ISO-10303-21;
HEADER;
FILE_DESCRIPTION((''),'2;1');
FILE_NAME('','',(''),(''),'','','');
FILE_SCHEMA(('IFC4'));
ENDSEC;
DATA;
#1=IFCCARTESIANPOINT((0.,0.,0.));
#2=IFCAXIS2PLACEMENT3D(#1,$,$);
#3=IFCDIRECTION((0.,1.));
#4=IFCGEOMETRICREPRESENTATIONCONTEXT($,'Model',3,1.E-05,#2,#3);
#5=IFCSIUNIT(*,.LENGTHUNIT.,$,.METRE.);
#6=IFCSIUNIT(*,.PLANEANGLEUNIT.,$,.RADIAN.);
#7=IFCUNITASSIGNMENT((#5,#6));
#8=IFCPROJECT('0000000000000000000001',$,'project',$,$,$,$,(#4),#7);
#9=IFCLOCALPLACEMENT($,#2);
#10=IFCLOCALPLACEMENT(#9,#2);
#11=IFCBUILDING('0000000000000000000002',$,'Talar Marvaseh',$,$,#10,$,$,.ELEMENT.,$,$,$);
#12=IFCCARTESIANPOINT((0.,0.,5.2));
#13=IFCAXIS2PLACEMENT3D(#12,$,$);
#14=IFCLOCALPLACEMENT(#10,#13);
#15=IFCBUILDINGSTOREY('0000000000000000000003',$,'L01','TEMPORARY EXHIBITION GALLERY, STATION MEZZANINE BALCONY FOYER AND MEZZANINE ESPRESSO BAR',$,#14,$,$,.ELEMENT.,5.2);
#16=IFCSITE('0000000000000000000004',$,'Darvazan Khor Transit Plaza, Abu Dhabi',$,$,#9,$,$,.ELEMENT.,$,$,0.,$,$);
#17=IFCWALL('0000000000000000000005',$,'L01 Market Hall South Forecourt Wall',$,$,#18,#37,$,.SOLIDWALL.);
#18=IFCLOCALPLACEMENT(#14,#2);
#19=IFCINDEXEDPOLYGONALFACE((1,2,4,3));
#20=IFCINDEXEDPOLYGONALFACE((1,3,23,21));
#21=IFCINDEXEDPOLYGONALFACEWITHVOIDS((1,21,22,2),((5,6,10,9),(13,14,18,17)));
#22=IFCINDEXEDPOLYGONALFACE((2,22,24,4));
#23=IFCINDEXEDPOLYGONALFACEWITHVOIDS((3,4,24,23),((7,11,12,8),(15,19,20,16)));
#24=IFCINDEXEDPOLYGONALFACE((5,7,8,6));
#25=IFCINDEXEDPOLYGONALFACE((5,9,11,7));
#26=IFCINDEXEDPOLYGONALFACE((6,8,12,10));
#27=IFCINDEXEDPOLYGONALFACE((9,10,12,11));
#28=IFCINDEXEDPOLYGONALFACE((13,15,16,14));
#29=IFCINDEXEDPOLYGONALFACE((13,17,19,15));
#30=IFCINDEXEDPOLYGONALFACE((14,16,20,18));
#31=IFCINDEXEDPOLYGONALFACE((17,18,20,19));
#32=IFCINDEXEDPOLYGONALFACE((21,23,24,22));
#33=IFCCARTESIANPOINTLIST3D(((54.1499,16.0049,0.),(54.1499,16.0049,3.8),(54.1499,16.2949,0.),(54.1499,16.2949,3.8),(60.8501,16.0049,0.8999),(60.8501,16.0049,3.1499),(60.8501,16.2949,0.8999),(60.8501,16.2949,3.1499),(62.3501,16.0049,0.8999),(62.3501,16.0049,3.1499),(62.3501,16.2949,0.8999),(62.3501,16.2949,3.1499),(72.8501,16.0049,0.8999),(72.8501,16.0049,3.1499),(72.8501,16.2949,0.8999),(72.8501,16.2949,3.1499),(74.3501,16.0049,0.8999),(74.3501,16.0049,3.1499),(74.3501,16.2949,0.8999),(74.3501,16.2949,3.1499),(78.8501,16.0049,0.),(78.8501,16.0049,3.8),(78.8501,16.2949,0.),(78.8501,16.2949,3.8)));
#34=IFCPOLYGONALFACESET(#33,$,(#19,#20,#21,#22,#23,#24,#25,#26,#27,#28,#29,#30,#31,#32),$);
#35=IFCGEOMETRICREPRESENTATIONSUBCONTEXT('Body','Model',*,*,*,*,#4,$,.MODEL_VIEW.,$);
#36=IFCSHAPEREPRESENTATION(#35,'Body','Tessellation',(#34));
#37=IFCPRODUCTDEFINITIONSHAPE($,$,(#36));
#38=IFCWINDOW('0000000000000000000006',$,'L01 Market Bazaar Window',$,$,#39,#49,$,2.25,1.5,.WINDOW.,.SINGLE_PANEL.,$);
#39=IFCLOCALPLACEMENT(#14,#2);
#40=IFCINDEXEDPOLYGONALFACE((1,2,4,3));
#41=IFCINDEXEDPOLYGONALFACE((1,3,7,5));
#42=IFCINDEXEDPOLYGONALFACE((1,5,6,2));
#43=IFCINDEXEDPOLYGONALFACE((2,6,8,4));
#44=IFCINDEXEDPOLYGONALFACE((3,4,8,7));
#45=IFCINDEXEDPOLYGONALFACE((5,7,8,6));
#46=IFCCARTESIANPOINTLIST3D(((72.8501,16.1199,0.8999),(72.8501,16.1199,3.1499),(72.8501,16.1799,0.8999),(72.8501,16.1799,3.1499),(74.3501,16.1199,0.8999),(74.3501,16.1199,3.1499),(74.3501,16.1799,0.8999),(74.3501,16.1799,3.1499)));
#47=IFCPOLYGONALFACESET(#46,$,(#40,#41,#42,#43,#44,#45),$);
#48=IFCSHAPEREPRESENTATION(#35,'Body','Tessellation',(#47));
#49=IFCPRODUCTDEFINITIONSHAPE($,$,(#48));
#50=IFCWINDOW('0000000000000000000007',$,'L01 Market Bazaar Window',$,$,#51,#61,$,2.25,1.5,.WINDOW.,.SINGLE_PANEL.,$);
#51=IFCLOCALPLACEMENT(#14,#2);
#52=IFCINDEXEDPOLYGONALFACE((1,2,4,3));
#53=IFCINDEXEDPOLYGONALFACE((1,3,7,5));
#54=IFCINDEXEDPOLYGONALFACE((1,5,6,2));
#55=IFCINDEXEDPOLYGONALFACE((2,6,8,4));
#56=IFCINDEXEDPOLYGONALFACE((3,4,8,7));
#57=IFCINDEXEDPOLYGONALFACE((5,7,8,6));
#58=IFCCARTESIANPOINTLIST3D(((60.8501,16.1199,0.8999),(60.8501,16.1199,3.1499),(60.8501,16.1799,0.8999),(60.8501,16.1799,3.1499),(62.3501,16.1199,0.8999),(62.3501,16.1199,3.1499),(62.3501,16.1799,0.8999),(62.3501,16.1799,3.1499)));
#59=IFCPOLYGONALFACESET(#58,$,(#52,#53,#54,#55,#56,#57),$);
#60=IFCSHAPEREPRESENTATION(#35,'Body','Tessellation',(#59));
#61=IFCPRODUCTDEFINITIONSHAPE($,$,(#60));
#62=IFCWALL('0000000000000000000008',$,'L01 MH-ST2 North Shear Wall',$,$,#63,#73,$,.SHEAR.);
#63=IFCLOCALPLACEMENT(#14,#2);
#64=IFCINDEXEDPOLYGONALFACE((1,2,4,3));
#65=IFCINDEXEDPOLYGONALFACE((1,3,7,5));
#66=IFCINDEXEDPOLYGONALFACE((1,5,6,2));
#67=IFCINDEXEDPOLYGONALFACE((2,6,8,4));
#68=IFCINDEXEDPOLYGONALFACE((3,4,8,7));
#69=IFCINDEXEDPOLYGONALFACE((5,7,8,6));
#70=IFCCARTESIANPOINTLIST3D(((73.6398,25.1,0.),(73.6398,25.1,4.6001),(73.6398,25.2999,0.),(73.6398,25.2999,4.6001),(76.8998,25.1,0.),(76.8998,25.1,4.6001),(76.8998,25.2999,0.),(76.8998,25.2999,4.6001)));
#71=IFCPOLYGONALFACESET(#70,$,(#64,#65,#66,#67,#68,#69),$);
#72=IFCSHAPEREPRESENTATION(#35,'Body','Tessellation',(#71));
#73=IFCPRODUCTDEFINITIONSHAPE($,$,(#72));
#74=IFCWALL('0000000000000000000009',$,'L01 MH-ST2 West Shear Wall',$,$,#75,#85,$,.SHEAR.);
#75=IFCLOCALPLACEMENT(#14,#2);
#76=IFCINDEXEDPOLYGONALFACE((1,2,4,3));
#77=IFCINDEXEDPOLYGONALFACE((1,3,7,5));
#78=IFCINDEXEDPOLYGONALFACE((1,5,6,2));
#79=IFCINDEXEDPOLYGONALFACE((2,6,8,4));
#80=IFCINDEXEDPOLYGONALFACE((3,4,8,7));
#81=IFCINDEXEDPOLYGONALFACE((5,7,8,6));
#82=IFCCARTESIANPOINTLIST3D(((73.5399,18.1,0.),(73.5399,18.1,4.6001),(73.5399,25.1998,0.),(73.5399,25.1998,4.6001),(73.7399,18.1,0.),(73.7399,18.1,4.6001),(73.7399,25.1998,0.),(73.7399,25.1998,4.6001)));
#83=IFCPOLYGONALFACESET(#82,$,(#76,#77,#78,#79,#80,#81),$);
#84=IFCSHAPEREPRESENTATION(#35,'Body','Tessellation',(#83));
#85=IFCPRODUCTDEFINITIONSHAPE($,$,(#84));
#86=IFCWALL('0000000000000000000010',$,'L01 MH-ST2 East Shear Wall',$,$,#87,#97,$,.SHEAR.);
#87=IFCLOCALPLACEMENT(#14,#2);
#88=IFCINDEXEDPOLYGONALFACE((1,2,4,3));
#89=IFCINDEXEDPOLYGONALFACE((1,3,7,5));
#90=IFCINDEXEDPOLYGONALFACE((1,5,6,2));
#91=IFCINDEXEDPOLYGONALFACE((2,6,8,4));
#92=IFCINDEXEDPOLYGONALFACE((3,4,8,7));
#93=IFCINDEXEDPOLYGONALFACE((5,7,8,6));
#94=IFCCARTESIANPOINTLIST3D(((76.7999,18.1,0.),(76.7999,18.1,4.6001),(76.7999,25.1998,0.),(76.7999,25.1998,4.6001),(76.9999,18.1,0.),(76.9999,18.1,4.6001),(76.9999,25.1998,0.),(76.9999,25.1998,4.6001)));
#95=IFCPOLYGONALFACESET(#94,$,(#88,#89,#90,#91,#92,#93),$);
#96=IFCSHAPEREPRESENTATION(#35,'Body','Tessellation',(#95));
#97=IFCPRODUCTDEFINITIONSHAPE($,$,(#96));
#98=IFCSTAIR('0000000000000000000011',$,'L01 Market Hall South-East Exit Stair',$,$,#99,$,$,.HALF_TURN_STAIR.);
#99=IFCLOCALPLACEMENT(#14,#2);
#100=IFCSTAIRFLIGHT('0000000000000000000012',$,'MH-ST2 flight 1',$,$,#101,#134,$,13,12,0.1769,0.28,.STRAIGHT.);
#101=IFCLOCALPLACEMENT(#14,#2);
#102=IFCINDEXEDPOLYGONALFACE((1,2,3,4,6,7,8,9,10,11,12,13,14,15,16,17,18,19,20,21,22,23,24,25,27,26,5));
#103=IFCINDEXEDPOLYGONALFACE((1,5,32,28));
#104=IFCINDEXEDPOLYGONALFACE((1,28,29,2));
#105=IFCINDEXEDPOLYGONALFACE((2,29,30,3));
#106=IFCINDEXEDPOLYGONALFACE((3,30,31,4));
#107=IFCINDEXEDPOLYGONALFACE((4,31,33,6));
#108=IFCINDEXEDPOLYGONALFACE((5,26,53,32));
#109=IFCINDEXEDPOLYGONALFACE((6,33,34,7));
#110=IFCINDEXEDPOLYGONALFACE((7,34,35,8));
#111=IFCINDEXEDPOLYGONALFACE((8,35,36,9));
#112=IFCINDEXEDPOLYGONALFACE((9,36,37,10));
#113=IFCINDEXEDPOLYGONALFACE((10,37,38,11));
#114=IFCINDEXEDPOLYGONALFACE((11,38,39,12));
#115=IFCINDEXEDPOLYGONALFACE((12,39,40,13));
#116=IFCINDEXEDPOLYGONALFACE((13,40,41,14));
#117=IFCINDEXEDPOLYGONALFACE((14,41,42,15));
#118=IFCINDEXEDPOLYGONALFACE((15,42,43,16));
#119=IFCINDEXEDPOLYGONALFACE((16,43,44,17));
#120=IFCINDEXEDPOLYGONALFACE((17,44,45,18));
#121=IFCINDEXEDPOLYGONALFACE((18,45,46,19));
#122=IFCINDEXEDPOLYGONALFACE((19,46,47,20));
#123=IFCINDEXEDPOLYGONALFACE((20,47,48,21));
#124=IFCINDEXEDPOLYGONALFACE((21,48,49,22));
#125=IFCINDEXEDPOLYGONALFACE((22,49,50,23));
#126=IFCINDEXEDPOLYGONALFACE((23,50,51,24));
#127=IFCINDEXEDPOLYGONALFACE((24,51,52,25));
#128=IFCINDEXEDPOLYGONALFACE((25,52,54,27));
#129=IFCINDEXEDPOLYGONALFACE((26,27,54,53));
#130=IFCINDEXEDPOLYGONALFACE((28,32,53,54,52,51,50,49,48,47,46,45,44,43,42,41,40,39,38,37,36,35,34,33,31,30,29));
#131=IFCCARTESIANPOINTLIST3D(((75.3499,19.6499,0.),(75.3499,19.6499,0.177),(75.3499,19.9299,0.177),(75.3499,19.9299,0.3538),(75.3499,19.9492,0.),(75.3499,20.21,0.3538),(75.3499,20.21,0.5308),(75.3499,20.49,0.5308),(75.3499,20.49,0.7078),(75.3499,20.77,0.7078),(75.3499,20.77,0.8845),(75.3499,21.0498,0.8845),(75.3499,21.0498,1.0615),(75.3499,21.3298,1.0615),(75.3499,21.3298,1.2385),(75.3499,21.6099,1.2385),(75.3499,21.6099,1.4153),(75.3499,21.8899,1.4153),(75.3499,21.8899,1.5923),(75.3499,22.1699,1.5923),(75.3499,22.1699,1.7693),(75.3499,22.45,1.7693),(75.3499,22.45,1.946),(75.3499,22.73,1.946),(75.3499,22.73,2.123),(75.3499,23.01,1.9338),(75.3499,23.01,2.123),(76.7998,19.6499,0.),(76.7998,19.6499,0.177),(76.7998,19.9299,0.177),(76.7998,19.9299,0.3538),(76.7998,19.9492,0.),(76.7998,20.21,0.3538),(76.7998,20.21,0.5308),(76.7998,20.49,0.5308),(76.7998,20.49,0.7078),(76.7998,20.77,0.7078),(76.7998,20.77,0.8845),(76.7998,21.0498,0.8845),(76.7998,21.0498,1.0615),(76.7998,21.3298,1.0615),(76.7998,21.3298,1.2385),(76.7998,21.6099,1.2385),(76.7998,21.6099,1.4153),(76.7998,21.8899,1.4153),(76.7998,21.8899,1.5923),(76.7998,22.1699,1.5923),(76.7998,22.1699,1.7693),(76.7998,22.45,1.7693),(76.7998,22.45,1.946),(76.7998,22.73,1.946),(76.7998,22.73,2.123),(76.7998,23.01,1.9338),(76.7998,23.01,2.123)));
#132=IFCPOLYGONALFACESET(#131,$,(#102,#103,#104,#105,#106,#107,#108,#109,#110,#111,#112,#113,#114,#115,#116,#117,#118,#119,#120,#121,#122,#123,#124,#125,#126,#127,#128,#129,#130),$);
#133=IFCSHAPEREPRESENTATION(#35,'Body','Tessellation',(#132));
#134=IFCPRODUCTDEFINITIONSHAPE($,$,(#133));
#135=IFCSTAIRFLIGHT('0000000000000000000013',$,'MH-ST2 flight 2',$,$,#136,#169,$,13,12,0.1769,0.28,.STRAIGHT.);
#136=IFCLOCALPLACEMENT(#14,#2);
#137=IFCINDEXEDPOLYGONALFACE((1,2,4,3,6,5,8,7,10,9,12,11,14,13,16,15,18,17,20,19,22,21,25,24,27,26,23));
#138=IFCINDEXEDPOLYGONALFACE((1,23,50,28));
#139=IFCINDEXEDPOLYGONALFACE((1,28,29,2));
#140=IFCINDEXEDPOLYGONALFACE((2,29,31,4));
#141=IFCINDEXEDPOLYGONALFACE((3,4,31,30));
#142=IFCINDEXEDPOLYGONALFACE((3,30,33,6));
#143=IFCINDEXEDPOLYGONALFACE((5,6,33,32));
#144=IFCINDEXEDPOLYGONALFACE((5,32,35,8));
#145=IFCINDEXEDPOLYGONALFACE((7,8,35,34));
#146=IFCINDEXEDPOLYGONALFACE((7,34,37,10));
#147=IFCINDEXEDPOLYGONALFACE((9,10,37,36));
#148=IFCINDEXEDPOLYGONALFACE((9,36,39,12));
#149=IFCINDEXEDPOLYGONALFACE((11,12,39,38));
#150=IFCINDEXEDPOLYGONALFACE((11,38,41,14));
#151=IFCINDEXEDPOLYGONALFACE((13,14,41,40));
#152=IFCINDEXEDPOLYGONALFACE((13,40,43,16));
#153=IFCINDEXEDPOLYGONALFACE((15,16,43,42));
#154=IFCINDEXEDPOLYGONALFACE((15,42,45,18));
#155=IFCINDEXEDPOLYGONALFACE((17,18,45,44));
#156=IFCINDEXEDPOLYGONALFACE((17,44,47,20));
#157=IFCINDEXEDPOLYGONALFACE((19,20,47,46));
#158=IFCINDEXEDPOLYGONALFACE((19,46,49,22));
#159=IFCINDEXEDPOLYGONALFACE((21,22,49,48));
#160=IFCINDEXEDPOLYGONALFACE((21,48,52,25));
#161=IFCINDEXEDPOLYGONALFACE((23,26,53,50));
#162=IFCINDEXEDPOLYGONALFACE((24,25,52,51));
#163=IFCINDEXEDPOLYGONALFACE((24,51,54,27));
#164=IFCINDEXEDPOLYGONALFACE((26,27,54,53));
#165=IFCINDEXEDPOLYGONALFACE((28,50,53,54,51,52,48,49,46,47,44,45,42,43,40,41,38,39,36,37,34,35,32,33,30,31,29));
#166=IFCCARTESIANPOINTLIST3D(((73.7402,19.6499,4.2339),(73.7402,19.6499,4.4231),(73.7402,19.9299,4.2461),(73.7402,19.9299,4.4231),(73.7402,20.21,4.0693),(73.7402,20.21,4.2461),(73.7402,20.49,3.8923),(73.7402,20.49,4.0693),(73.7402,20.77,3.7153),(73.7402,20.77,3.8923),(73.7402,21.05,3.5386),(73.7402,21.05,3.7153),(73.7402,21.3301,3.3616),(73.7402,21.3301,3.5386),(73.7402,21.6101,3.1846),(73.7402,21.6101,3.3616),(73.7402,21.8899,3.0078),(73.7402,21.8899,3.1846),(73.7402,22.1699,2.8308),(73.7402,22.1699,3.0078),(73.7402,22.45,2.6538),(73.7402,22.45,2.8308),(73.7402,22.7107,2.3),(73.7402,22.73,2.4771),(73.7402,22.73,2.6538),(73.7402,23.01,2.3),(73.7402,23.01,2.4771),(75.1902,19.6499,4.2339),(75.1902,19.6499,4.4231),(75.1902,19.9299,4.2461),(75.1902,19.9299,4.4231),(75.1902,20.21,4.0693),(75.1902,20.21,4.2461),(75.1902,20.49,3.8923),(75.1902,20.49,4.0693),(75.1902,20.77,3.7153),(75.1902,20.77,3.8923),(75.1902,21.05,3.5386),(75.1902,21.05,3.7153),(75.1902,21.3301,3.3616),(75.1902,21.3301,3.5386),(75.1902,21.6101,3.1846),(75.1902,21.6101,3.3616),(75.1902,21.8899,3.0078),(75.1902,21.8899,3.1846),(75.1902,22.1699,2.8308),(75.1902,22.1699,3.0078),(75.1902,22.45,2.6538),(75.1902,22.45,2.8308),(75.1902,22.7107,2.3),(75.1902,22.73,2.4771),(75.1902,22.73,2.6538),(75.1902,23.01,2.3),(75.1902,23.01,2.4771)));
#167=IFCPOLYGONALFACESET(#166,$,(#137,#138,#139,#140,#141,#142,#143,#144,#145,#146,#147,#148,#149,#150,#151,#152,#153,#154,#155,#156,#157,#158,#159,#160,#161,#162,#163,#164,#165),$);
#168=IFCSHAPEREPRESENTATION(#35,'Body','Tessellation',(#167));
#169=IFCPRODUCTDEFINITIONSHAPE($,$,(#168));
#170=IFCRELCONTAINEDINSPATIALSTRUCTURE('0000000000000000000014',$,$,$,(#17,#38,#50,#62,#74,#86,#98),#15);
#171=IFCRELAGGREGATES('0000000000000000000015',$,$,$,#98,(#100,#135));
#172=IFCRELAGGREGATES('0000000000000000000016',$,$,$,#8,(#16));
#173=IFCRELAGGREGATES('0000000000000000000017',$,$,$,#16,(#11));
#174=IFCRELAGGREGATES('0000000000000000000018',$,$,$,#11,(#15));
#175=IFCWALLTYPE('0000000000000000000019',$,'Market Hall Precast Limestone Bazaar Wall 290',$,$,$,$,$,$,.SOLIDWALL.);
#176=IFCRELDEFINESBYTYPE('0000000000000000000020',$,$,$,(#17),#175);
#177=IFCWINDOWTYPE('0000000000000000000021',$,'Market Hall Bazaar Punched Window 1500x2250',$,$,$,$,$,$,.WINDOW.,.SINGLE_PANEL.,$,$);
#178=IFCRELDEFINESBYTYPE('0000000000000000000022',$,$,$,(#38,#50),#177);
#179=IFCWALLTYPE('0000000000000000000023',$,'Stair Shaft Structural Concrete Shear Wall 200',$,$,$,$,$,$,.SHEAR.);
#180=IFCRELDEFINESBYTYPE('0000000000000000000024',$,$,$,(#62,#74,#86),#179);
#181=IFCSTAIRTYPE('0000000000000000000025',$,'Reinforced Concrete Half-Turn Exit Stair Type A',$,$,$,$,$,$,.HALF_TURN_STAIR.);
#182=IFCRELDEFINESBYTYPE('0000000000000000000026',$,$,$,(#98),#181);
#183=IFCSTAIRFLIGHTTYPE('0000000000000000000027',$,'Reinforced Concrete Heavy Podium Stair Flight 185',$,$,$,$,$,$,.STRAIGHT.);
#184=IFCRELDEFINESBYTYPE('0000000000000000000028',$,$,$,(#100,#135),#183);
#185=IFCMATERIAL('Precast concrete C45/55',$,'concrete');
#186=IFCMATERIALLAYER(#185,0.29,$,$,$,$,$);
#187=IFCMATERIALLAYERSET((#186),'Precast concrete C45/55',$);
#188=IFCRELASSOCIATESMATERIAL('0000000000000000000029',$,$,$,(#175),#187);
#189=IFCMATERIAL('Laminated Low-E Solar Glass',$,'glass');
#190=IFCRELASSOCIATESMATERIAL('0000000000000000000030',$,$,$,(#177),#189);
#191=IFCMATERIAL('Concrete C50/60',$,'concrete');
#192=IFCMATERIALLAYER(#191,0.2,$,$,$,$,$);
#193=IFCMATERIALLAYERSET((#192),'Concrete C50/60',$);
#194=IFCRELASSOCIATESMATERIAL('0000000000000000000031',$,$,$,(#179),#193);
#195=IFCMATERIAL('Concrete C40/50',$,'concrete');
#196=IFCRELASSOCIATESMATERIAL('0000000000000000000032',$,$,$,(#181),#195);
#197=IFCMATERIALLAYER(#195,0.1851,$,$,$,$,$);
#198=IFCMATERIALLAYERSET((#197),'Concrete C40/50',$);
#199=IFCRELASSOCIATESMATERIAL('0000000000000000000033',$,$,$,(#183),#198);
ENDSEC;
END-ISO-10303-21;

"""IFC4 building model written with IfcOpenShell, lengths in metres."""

from ifc_helpers import new_model, si_unit, direction, frame, frame_2d, origin, place, context, subcontext, project, spatial, polyline, rectangle, outline, extrude, source, transform, mapped, material, layer, layer_set, type_object, type_shapes, element, fill, aggregate, save


model = new_model("IFC4")

# Units and contexts
model_context = context("Model", 3, precision=1e-05, world=origin(), true_north=direction((0.0, 1.0)))
body_context = subcontext(model_context, "Body", "Model", "MODEL_VIEW")
ifc_project = project(units=[si_unit("LENGTHUNIT", "METRE"), si_unit("PLANEANGLEUNIT", "RADIAN")], contexts=[model_context])

# Site, building, storey
site_placement = place(None, origin())
site = spatial("IfcSite", under=ifc_project, at=site_placement, Name="Darvazan Khor Transit Plaza, Abu Dhabi", CompositionType="ELEMENT", RefElevation=0.0)
building_placement = place(site_placement, origin())
building = spatial("IfcBuilding", under=site, at=building_placement, Name="Talar Marvaseh", CompositionType="ELEMENT")
storey_placement = place(building_placement, frame((0.0, 0.0, 5.2)))
storey = spatial("IfcBuildingStorey", under=building, at=storey_placement, Name="L01", Description="TEMPORARY EXHIBITION GALLERY, STATION MEZZANINE BALCONY FOYER AND MEZZANINE ESPRESSO BAR", CompositionType="ELEMENT", Elevation=5.2)

# Shared definitions
ifc_material_1 = material(Name="Concrete C40/50", Category="concrete")

# Wall, openings, windows
ifc_material_2 = material(Name="Precast concrete C45/55", Category="concrete")
ifc_layer_1 = layer(ifc_material_2, 0.29)
ifc_layer_set_1 = layer_set([ifc_layer_1], Name="Precast concrete C45/55")
wall_type_1 = type_object("IfcWallType", Name="Market Hall Precast Limestone Bazaar Wall 290", PredefinedType="SOLIDWALL", material=ifc_layer_set_1)
wall_1_placement = place(storey_placement, frame((78.8501, 16.1499, 0.0), z_axis=(0.0, 0.0, 1.0), x_axis=(-1.0, 0.0, 0.0)))
wall_1 = element("IfcWall", 1, at=wall_1_placement, inside=storey, type_object=wall_type_1, Name="L01 Market Hall South Forecourt Wall", PredefinedType="SOLIDWALL", context=body_context, shape_type="SweptSolid", body=[
    extrude(rectangle(XDim=24.7002, YDim=0.29, at=frame_2d((12.3501, 0.0))), origin(), (0.0, 0.0, 1.0), 3.8),
])
opening_1_placement = place(wall_1_placement, frame((4.5, 0.0, 0.8999)))
opening_1 = element("IfcOpeningElement", 2, at=opening_1_placement, cuts=wall_1, PredefinedType="OPENING", context=body_context, shape_type="SweptSolid", body=[
    extrude(rectangle(XDim=1.5, YDim=2.25, at=frame_2d((0.75, 1.125))), frame((0.0, 0.155, 0.0), z_axis=(0.0, -1.0, 0.0), x_axis=(1.0, 0.0, 0.0)), (0.0, 0.0, 1.0), 0.3101),
])
opening_2_placement = place(wall_1_placement, frame((16.5, 0.0, 0.8999)))
opening_2 = element("IfcOpeningElement", 3, at=opening_2_placement, cuts=wall_1, PredefinedType="OPENING", context=body_context, shape_type="SweptSolid", body=[
    extrude(rectangle(XDim=1.5, YDim=2.25, at=frame_2d((0.75, 1.125))), frame((0.0, 0.155, 0.0), z_axis=(0.0, -1.0, 0.0), x_axis=(1.0, 0.0, 0.0)), (0.0, 0.0, 1.0), 0.3101),
])
ifc_material_3 = material(Name="Laminated Low-E Solar Glass", Category="glass")
window_type = type_object("IfcWindowType", Name="Market Hall Bazaar Punched Window 1500x2250", PartitioningType="SINGLE_PANEL", PredefinedType="WINDOW", material=ifc_material_3)
shared_shape_1 = source(origin(), body_context, "Body", "SweptSolid", [
    extrude(rectangle(XDim=1.5, YDim=2.25, at=frame_2d((0.75, 1.125))), frame((0.0, 0.03, 0.0), z_axis=(0.0, -1.0, 0.0), x_axis=(1.0, 0.0, 0.0)), (0.0, 0.0, 1.0), 0.0601),
])
type_shapes(window_type, [shared_shape_1])
window_1_placement = place(opening_1_placement, origin())
window_1 = element("IfcWindow", 4, at=window_1_placement, inside=storey, type_object=window_type, Name="L01 Market Bazaar Window", OverallHeight=2.25, OverallWidth=1.5, PartitioningType="SINGLE_PANEL", PredefinedType="WINDOW", context=body_context, shape_type="MappedRepresentation", body=[
    mapped(shared_shape_1, transform((0.0, 0.0, 0.0), x_axis=(1.0, 0.0, 0.0), y_axis=(0.0, 1.0, 0.0), z_axis=(0.0, 0.0, 1.0), scale=1.0)),
])
fill(opening_1, window_1)
window_2_placement = place(opening_2_placement, origin())
window_2 = element("IfcWindow", 5, at=window_2_placement, inside=storey, type_object=window_type, Name="L01 Market Bazaar Window", OverallHeight=2.25, OverallWidth=1.5, PartitioningType="SINGLE_PANEL", PredefinedType="WINDOW", context=body_context, shape_type="MappedRepresentation", body=[
    mapped(shared_shape_1, transform((0.0, 0.0, 0.0), x_axis=(1.0, 0.0, 0.0), y_axis=(0.0, 1.0, 0.0), z_axis=(0.0, 0.0, 1.0), scale=1.0)),
])
fill(opening_2, window_2)

# Shared definitions
ifc_material_4 = material(Name="Concrete C50/60", Category="concrete")
ifc_layer_2 = layer(ifc_material_4, 0.2)
ifc_layer_set_2 = layer_set([ifc_layer_2], Name="Concrete C50/60")
wall_type_2 = type_object("IfcWallType", Name="Stair Shaft Structural Concrete Shear Wall 200", PredefinedType="SHEAR", material=ifc_layer_set_2)

# Walls
wall_2_placement = place(storey_placement, frame((73.6399, 25.2, 0.0), z_axis=(0.0, 0.0, 1.0), x_axis=(1.0, 0.0, 0.0)))
element("IfcWall", 6, at=wall_2_placement, inside=storey, type_object=wall_type_2, Name="L01 MH-ST2 North Shear Wall", PredefinedType="SHEAR", context=body_context, shape_type="SweptSolid", body=[
    extrude(rectangle(XDim=3.26, YDim=0.2, at=frame_2d((1.6299, 0.0))), origin(), (0.0, 0.0, 1.0), 4.6001),
])
for number, where, z_axis, x_axis, name in (
    (7, (73.6399, 18.1001, 0.0), (0.0, 0.0, 1.0), (0.0, 1.0, 0.0), "L01 MH-ST2 West Shear Wall"),
    (8, (76.8999, 18.1001, 0.0), (0.0, 0.0, 1.0), (0.0, 1.0, 0.0), "L01 MH-ST2 East Shear Wall"),
):
    element("IfcWall", number, at=place(storey_placement, frame(where, z_axis=z_axis, x_axis=x_axis)), inside=storey, type_object=wall_type_2, Name=name, PredefinedType="SHEAR", context=body_context, shape_type="SweptSolid", body=[
        extrude(rectangle(XDim=7.0999, YDim=0.2, at=frame_2d((3.5498, 0.0))), origin(), (0.0, 0.0, 1.0), 4.6001),
    ])

# Stair, stair flights
stair_type = type_object("IfcStairType", Name="Reinforced Concrete Half-Turn Exit Stair Type A", PredefinedType="HALF_TURN_STAIR", material=ifc_material_1)
stair_placement = place(storey_placement, origin())
stair = element("IfcStair", 9, at=stair_placement, inside=storey, type_object=stair_type, Name="L01 Market Hall South-East Exit Stair", PredefinedType="HALF_TURN_STAIR")
ifc_layer_3 = layer(ifc_material_1, 0.1851)
ifc_layer_set_3 = layer_set([ifc_layer_3], Name="Concrete C40/50")
stair_flight_type = type_object("IfcStairFlightType", Name="Reinforced Concrete Heavy Podium Stair Flight 185", PredefinedType="STRAIGHT", material=ifc_layer_set_3)
stair_flight_1_placement = place(storey_placement, frame((76.075, 19.6499, 0.0), z_axis=(0.0, 0.0, 1.0), x_axis=(0.0, 1.0, 0.0)))
stair_flight_1 = element("IfcStairFlight", 10, at=stair_flight_1_placement, type_object=stair_flight_type, Name="MH-ST2 flight 1", NumberOfRisers=13, NumberOfTreads=12, PredefinedType="STRAIGHT", RiserHeight=0.1769, TreadLength=0.28, context=body_context, shape_type="SweptSolid", body=[
    extrude(outline(polyline([(0.0, 0.0), (0.0, 0.177), (0.28, 0.177), (0.28, 0.3538), (0.5601, 0.3538), (0.5601, 0.5308), (0.8401, 0.5308), (0.8401, 0.7078), (1.1201, 0.7078), (1.1201, 0.8845), (1.3999, 0.8845), (1.3999, 1.0615), (1.6799, 1.0615), (1.6799, 1.2385), (1.96, 1.2385), (1.96, 1.4153), (2.24, 1.4153), (2.24, 1.5923), (2.52, 1.5923), (2.52, 1.7693), (2.8, 1.7693), (2.8, 1.946), (3.0801, 1.946), (3.0801, 2.123), (3.3601, 2.123), (3.3601, 2.3), (3.3601, 1.9338), (0.2993, 0.0), (0.0, 0.0)])), frame((0.0, 0.7251, 0.0), z_axis=(0.0, -1.0, 0.0), x_axis=(1.0, 0.0, 0.0)), (0.0, 0.0, 1.0), 1.45),
])
stair_flight_2_placement = place(storey_placement, frame((74.4651, 23.01, 2.3), z_axis=(0.0, 0.0, 1.0), x_axis=(0.0, -1.0, 0.0)))
stair_flight_2 = element("IfcStairFlight", 11, at=stair_flight_2_placement, type_object=stair_flight_type, Name="MH-ST2 flight 2", NumberOfRisers=13, NumberOfTreads=12, PredefinedType="STRAIGHT", RiserHeight=0.1769, TreadLength=0.28, context=body_context, shape_type="SweptSolid", body=[
    extrude(outline(polyline([(0.0, 0.0), (0.0, 0.177), (0.28, 0.177), (0.28, 0.3538), (0.5601, 0.3538), (0.5601, 0.5308), (0.8401, 0.5308), (0.8401, 0.7078), (1.1201, 0.7078), (1.1201, 0.8845), (1.3999, 0.8845), (1.3999, 1.0615), (1.6799, 1.0615), (1.6799, 1.2385), (1.96, 1.2385), (1.96, 1.4153), (2.24, 1.4153), (2.24, 1.5923), (2.52, 1.5923), (2.52, 1.7693), (2.8, 1.7693), (2.8, 1.946), (3.0801, 1.946), (3.0801, 2.123), (3.3601, 2.123), (3.3601, 2.3), (3.3601, 1.9338), (0.2993, 0.0), (0.0, 0.0)])), frame((0.0, 0.7251, 0.0), z_axis=(0.0, -1.0, 0.0), x_axis=(1.0, 0.0, 0.0)), (0.0, 0.0, 1.0), 1.45),
])
aggregate(stair, [stair_flight_1, stair_flight_2])

save(model, "model.ifc")
